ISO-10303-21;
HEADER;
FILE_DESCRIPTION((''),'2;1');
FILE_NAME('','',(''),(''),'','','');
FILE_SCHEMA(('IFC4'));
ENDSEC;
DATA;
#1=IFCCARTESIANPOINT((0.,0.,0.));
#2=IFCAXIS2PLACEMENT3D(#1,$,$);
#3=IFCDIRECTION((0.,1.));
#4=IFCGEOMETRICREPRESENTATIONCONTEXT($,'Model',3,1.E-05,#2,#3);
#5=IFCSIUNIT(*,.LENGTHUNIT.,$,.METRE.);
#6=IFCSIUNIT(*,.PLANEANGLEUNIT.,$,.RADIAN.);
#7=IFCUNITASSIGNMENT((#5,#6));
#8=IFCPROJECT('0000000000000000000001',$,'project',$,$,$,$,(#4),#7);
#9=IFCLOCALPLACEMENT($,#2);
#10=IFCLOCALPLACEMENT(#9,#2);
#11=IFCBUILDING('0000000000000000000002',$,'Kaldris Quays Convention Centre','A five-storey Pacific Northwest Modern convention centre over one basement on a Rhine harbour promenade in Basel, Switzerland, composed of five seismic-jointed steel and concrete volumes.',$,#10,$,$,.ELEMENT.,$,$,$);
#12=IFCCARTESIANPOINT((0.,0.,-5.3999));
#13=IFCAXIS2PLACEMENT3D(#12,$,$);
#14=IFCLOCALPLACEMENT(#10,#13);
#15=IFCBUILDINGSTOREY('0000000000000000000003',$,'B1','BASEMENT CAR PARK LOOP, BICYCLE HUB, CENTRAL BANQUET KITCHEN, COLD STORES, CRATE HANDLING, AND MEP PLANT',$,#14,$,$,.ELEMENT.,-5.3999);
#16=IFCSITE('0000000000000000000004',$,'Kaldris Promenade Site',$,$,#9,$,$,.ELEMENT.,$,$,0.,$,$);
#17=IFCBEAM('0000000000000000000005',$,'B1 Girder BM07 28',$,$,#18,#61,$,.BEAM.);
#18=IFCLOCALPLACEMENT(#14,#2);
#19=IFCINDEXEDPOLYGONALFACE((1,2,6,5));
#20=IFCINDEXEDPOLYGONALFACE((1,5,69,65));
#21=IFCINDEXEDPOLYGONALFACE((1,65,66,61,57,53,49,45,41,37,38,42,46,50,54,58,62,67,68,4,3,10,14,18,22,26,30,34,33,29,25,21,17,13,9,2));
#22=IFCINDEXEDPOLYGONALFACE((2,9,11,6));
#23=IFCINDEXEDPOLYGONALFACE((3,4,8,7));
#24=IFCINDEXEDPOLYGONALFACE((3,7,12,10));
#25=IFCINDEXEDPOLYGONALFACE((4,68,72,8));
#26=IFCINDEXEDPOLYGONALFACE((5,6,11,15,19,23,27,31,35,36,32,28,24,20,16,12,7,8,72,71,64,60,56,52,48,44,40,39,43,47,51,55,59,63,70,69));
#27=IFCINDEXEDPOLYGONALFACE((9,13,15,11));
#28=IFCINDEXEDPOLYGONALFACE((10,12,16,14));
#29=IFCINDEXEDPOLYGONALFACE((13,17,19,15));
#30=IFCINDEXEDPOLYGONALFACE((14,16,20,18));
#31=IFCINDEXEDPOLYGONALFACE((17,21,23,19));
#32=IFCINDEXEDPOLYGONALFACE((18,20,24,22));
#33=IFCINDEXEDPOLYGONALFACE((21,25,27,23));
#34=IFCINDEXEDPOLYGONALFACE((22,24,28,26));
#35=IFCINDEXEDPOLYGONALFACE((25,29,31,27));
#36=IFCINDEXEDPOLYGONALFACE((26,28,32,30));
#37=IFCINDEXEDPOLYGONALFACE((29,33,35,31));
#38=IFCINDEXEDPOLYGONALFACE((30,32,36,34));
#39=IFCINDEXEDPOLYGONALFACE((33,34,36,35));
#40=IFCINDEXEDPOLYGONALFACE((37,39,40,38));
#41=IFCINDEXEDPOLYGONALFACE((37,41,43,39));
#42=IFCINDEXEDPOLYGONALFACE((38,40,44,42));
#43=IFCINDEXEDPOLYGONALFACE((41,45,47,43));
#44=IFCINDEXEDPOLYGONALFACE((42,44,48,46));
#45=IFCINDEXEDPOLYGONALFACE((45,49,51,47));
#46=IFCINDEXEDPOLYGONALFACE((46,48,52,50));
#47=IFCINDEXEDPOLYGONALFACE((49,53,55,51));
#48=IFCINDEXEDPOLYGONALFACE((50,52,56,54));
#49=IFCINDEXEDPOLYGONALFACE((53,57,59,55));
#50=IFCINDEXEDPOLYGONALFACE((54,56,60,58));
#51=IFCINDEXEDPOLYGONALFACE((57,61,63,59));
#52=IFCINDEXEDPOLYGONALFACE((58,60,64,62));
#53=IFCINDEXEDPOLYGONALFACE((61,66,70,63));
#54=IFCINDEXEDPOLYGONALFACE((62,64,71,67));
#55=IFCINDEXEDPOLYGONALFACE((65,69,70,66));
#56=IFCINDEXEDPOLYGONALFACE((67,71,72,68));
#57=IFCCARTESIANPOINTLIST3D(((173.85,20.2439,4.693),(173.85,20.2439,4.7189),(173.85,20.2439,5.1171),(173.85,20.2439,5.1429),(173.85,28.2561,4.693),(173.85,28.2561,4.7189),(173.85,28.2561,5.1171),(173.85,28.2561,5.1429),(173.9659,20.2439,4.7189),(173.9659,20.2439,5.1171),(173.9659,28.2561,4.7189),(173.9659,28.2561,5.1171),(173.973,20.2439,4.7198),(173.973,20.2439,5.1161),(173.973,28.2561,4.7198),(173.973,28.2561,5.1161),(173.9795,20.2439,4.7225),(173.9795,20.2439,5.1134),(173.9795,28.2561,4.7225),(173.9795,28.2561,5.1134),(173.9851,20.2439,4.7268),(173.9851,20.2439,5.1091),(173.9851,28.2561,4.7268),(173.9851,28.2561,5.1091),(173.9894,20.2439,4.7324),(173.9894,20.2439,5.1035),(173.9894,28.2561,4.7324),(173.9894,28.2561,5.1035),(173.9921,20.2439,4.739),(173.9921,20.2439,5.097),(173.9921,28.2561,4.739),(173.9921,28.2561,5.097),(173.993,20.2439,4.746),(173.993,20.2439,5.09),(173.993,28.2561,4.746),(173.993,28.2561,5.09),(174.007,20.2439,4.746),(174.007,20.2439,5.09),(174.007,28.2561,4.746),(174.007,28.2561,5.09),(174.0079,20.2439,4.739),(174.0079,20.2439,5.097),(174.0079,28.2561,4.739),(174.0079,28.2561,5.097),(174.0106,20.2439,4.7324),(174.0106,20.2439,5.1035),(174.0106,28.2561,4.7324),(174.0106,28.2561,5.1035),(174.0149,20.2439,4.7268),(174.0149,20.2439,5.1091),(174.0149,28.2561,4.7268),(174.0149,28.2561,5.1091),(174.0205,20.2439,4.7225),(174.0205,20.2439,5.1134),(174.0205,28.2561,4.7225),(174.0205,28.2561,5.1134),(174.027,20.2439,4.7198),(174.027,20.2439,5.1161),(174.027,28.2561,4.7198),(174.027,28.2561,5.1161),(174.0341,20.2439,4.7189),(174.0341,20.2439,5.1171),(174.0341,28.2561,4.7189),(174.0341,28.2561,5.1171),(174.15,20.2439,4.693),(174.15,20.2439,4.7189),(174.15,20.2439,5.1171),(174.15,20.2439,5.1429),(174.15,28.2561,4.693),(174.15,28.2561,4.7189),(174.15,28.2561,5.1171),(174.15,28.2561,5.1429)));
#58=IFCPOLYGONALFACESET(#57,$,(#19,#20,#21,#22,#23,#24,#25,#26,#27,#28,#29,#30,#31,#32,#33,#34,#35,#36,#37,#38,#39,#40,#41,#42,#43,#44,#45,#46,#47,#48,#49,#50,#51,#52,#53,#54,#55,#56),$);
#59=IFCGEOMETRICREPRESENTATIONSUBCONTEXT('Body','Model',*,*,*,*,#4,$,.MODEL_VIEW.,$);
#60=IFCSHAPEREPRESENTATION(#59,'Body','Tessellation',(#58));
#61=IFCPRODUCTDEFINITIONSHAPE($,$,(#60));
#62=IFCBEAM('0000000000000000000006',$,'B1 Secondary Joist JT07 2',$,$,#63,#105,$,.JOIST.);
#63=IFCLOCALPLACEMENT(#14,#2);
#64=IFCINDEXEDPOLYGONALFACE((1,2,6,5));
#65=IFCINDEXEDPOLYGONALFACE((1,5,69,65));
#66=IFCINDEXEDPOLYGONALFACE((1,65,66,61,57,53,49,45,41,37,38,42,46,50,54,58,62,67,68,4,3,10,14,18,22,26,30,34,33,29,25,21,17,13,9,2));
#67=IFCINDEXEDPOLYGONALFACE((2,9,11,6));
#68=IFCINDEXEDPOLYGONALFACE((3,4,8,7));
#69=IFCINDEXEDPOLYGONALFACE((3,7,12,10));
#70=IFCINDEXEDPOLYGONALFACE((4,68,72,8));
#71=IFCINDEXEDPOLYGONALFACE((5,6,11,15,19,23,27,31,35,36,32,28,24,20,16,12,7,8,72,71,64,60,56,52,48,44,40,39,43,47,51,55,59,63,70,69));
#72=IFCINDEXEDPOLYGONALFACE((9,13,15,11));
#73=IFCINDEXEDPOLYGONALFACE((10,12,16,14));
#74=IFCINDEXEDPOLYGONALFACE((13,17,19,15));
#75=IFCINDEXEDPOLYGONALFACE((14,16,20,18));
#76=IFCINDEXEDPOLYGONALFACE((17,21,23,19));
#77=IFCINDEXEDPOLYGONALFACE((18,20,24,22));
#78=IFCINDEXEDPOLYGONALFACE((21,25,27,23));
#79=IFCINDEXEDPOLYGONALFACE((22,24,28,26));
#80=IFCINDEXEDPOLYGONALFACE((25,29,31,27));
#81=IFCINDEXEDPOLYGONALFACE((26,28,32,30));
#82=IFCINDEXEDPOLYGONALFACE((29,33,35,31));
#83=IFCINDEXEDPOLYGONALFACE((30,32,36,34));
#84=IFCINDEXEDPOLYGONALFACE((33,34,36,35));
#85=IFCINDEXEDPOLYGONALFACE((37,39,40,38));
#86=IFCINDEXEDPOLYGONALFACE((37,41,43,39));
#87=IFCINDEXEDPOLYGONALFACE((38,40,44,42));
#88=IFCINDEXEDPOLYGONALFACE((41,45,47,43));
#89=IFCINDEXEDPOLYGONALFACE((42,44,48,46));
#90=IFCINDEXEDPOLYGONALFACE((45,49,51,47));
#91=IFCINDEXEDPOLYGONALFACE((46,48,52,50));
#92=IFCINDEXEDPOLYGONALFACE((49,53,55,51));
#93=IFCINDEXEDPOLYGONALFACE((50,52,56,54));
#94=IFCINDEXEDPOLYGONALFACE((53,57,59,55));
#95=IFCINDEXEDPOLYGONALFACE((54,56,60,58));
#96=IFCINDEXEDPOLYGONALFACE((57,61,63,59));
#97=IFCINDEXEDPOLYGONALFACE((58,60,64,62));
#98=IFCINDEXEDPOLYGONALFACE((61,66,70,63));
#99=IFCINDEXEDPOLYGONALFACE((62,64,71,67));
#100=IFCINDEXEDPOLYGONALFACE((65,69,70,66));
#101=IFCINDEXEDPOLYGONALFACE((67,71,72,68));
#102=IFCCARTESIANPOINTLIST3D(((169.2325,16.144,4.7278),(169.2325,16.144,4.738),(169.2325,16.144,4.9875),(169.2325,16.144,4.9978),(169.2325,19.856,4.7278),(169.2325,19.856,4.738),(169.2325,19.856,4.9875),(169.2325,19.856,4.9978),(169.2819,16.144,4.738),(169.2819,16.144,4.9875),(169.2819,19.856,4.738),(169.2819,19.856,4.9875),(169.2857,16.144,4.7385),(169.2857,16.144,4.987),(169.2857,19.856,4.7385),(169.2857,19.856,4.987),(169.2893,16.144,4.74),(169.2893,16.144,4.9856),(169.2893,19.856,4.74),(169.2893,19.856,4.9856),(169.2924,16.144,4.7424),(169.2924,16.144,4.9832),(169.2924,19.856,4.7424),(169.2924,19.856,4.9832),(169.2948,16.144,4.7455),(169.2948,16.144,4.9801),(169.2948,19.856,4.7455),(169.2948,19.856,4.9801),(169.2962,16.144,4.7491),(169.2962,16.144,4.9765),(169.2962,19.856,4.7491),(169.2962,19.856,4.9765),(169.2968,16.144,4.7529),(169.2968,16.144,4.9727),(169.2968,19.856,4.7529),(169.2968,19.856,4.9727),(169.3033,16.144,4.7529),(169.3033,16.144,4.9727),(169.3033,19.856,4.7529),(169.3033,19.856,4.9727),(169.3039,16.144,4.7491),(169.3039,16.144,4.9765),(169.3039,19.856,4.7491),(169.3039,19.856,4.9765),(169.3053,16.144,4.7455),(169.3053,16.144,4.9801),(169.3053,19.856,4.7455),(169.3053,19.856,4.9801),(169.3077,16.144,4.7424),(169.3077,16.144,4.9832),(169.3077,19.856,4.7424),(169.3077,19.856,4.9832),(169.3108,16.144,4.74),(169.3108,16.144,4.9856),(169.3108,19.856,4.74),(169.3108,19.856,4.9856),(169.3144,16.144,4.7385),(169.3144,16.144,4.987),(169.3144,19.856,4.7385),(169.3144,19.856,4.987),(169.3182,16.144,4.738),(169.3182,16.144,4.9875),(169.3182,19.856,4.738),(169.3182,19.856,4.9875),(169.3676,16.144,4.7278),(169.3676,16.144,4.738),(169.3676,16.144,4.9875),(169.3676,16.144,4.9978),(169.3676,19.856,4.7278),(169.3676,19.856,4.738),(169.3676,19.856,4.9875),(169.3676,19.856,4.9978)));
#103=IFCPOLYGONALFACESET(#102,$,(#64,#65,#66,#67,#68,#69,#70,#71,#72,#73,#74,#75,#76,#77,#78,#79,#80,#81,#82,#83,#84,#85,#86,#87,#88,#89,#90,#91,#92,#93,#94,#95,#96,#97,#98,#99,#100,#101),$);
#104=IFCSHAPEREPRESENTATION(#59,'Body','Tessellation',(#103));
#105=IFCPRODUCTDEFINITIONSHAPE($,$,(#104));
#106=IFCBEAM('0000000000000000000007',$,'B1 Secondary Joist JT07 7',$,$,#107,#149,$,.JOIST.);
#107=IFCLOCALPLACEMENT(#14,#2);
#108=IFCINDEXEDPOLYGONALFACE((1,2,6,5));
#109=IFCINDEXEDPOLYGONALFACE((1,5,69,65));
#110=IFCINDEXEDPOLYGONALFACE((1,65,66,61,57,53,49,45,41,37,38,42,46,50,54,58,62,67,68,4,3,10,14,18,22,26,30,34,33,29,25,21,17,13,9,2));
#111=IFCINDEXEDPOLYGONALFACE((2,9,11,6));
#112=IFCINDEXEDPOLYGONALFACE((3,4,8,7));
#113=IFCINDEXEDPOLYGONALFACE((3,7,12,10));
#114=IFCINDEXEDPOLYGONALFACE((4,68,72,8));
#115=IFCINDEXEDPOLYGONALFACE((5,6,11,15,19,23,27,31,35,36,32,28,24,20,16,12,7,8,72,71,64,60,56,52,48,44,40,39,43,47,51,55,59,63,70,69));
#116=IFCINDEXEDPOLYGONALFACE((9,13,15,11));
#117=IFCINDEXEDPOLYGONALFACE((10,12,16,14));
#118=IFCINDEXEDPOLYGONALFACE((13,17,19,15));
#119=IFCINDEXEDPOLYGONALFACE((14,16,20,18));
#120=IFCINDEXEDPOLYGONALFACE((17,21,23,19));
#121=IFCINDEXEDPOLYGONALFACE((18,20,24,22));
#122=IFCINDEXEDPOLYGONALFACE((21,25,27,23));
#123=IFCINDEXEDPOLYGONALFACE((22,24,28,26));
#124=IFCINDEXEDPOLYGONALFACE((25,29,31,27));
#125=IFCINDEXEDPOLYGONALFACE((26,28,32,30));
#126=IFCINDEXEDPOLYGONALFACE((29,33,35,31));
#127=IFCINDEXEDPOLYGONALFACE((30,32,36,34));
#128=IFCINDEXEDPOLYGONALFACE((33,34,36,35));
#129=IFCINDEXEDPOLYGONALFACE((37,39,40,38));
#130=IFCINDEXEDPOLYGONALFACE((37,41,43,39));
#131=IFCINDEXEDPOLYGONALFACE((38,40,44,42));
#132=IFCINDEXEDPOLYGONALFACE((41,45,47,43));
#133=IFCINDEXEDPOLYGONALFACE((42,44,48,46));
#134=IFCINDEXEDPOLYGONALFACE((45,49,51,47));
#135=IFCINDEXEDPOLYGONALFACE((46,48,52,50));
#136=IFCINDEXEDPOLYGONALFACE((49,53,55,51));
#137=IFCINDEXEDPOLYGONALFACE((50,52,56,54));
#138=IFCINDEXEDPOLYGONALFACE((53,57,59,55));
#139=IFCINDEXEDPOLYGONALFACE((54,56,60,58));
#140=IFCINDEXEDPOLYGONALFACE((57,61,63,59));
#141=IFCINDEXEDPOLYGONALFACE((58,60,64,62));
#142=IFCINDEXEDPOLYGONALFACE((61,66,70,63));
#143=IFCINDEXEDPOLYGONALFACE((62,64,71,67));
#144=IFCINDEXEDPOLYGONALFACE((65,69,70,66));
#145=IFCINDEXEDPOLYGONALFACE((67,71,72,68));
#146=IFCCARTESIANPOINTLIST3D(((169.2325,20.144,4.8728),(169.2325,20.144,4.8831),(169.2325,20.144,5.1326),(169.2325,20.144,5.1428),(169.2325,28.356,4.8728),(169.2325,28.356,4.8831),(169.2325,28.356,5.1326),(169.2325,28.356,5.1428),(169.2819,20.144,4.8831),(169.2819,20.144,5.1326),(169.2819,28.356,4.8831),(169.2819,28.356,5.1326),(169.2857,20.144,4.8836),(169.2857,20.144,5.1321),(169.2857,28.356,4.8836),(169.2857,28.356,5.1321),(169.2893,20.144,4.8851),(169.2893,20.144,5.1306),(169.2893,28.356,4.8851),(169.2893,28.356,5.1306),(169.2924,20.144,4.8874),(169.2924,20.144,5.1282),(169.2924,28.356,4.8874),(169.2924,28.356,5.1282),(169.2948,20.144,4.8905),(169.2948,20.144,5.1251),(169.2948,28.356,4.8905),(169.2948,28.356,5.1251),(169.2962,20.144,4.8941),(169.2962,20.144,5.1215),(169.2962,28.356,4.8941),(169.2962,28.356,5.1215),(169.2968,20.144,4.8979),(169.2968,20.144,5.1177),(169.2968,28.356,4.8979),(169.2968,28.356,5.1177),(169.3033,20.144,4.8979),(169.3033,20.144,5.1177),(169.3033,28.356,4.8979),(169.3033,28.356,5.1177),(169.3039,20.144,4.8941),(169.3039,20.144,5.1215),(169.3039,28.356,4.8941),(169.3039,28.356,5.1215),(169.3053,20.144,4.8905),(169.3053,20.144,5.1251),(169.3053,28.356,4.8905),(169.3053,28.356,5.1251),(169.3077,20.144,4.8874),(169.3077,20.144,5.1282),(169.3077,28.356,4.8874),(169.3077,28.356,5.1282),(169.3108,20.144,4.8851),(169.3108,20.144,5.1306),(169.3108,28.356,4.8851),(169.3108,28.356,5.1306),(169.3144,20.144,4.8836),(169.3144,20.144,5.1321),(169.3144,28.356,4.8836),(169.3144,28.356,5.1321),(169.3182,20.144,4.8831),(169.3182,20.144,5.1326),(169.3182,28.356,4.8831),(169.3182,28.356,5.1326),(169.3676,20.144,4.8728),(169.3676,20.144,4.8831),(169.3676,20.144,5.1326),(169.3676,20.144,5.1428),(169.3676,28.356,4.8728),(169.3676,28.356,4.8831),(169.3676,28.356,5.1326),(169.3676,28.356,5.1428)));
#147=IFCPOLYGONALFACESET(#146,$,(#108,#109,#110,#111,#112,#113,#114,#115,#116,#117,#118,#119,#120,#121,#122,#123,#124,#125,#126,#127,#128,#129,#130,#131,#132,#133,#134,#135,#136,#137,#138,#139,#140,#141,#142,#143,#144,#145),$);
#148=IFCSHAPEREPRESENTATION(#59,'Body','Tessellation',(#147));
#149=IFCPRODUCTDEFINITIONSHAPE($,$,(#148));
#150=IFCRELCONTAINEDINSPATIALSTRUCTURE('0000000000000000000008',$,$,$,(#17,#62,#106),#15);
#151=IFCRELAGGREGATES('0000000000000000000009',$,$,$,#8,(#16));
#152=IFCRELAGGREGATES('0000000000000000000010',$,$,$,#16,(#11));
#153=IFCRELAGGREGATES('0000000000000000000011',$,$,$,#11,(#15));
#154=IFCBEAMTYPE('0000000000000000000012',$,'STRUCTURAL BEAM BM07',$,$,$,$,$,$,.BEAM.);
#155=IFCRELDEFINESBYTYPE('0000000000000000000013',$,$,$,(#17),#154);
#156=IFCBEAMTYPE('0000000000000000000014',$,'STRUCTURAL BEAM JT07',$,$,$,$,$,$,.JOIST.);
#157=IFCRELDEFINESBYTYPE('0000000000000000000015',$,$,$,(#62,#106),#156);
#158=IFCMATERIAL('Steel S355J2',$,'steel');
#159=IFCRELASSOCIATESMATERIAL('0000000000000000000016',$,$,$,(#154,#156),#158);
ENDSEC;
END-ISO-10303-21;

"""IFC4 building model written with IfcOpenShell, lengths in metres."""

from ifc_helpers import new_model, si_unit, direction, frame, origin, origin_2d, place, context, subcontext, project, spatial, i_section, extrude, material, material_profile, profile_set, type_object, element, save


model = new_model("IFC4")

# Units and contexts
model_context = context("Model", 3, precision=1e-05, world=origin(), true_north=direction((0.0, 1.0)))
body_context = subcontext(model_context, "Body", "Model", "MODEL_VIEW")
ifc_project = project(units=[si_unit("LENGTHUNIT", "METRE"), si_unit("PLANEANGLEUNIT", "RADIAN")], contexts=[model_context])

# Site, building, storey
site_placement = place(None, origin())
site = spatial("IfcSite", under=ifc_project, at=site_placement, Name="Kaldris Promenade Site", CompositionType="ELEMENT", RefElevation=0.0)
building_placement = place(site_placement, origin())
building = spatial("IfcBuilding", under=site, at=building_placement, Name="Kaldris Quays Convention Centre", Description="A five-storey Pacific Northwest Modern convention centre over one basement on a Rhine harbour promenade in Basel, Switzerland, composed of five seismic-jointed steel and concrete volumes.", CompositionType="ELEMENT")
storey_placement = place(building_placement, frame((0.0, 0.0, -5.3999)))
storey = spatial("IfcBuildingStorey", under=building, at=storey_placement, Name="B1", Description="BASEMENT CAR PARK LOOP, BICYCLE HUB, CENTRAL BANQUET KITCHEN, COLD STORES, CRATE HANDLING, AND MEP PLANT", CompositionType="ELEMENT", Elevation=-5.3999)

# Shared definitions
ifc_material_1 = material(Name="Steel S355J2", Category="steel")

# Beams
ifc_material_profile_1 = material_profile(ifc_material_1, i_section(OverallWidth=0.3, OverallDepth=0.45, WebThickness=0.0139, FlangeThickness=0.0259, FilletRadius=0.0271, at=origin_2d()), Name="HEB 450")
ifc_profile_set_1 = profile_set([ifc_material_profile_1], Name="Steel S355J2")
beam_type_1 = type_object("IfcBeamType", Name="STRUCTURAL BEAM BM07", PredefinedType="BEAM", material=ifc_profile_set_1)
beam_1_placement = place(storey_placement, frame((174.0, 20.2439, 4.918), z_axis=(0.0, 1.0, 0.0), x_axis=(-1.0, 0.0, 0.0)))
element("IfcBeam", 1, at=beam_1_placement, inside=storey, type_object=beam_type_1, Name="B1 Girder BM07 28", PredefinedType="BEAM", context=body_context, shape_type="SweptSolid", body=[
    extrude(i_section(OverallWidth=0.3, OverallDepth=0.45, WebThickness=0.0139, FlangeThickness=0.0259, FilletRadius=0.0271, at=origin_2d()), origin(), (0.0, 0.0, 1.0), 8.0122),
])
ifc_material_profile_2 = material_profile(ifc_material_1, i_section(OverallWidth=0.135, OverallDepth=0.27, WebThickness=0.0066, FlangeThickness=0.0103, FilletRadius=0.0149, at=origin_2d()), Name="IPE 270")
ifc_profile_set_2 = profile_set([ifc_material_profile_2], Name="Steel S355J2")
beam_type_2 = type_object("IfcBeamType", Name="STRUCTURAL BEAM JT07", PredefinedType="JOIST", material=ifc_profile_set_2)
beam_2_placement = place(storey_placement, frame((169.3, 16.144, 4.8628), z_axis=(0.0, 1.0, 0.0), x_axis=(-1.0, 0.0, 0.0)))
element("IfcBeam", 2, at=beam_2_placement, inside=storey, type_object=beam_type_2, Name="B1 Secondary Joist JT07 2", PredefinedType="JOIST", context=body_context, shape_type="SweptSolid", body=[
    extrude(i_section(OverallWidth=0.135, OverallDepth=0.27, WebThickness=0.0066, FlangeThickness=0.0103, FilletRadius=0.0149, at=origin_2d()), origin(), (0.0, 0.0, 1.0), 3.7119),
])
beam_3_placement = place(storey_placement, frame((169.3, 20.144, 5.0078), z_axis=(0.0, 1.0, 0.0), x_axis=(-1.0, 0.0, 0.0)))
element("IfcBeam", 3, at=beam_3_placement, inside=storey, type_object=beam_type_2, Name="B1 Secondary Joist JT07 7", PredefinedType="JOIST", context=body_context, shape_type="SweptSolid", body=[
    extrude(i_section(OverallWidth=0.135, OverallDepth=0.27, WebThickness=0.0066, FlangeThickness=0.0103, FilletRadius=0.0149, at=origin_2d()), origin(), (0.0, 0.0, 1.0), 8.2119),
])

save(model, "model.ifc")
